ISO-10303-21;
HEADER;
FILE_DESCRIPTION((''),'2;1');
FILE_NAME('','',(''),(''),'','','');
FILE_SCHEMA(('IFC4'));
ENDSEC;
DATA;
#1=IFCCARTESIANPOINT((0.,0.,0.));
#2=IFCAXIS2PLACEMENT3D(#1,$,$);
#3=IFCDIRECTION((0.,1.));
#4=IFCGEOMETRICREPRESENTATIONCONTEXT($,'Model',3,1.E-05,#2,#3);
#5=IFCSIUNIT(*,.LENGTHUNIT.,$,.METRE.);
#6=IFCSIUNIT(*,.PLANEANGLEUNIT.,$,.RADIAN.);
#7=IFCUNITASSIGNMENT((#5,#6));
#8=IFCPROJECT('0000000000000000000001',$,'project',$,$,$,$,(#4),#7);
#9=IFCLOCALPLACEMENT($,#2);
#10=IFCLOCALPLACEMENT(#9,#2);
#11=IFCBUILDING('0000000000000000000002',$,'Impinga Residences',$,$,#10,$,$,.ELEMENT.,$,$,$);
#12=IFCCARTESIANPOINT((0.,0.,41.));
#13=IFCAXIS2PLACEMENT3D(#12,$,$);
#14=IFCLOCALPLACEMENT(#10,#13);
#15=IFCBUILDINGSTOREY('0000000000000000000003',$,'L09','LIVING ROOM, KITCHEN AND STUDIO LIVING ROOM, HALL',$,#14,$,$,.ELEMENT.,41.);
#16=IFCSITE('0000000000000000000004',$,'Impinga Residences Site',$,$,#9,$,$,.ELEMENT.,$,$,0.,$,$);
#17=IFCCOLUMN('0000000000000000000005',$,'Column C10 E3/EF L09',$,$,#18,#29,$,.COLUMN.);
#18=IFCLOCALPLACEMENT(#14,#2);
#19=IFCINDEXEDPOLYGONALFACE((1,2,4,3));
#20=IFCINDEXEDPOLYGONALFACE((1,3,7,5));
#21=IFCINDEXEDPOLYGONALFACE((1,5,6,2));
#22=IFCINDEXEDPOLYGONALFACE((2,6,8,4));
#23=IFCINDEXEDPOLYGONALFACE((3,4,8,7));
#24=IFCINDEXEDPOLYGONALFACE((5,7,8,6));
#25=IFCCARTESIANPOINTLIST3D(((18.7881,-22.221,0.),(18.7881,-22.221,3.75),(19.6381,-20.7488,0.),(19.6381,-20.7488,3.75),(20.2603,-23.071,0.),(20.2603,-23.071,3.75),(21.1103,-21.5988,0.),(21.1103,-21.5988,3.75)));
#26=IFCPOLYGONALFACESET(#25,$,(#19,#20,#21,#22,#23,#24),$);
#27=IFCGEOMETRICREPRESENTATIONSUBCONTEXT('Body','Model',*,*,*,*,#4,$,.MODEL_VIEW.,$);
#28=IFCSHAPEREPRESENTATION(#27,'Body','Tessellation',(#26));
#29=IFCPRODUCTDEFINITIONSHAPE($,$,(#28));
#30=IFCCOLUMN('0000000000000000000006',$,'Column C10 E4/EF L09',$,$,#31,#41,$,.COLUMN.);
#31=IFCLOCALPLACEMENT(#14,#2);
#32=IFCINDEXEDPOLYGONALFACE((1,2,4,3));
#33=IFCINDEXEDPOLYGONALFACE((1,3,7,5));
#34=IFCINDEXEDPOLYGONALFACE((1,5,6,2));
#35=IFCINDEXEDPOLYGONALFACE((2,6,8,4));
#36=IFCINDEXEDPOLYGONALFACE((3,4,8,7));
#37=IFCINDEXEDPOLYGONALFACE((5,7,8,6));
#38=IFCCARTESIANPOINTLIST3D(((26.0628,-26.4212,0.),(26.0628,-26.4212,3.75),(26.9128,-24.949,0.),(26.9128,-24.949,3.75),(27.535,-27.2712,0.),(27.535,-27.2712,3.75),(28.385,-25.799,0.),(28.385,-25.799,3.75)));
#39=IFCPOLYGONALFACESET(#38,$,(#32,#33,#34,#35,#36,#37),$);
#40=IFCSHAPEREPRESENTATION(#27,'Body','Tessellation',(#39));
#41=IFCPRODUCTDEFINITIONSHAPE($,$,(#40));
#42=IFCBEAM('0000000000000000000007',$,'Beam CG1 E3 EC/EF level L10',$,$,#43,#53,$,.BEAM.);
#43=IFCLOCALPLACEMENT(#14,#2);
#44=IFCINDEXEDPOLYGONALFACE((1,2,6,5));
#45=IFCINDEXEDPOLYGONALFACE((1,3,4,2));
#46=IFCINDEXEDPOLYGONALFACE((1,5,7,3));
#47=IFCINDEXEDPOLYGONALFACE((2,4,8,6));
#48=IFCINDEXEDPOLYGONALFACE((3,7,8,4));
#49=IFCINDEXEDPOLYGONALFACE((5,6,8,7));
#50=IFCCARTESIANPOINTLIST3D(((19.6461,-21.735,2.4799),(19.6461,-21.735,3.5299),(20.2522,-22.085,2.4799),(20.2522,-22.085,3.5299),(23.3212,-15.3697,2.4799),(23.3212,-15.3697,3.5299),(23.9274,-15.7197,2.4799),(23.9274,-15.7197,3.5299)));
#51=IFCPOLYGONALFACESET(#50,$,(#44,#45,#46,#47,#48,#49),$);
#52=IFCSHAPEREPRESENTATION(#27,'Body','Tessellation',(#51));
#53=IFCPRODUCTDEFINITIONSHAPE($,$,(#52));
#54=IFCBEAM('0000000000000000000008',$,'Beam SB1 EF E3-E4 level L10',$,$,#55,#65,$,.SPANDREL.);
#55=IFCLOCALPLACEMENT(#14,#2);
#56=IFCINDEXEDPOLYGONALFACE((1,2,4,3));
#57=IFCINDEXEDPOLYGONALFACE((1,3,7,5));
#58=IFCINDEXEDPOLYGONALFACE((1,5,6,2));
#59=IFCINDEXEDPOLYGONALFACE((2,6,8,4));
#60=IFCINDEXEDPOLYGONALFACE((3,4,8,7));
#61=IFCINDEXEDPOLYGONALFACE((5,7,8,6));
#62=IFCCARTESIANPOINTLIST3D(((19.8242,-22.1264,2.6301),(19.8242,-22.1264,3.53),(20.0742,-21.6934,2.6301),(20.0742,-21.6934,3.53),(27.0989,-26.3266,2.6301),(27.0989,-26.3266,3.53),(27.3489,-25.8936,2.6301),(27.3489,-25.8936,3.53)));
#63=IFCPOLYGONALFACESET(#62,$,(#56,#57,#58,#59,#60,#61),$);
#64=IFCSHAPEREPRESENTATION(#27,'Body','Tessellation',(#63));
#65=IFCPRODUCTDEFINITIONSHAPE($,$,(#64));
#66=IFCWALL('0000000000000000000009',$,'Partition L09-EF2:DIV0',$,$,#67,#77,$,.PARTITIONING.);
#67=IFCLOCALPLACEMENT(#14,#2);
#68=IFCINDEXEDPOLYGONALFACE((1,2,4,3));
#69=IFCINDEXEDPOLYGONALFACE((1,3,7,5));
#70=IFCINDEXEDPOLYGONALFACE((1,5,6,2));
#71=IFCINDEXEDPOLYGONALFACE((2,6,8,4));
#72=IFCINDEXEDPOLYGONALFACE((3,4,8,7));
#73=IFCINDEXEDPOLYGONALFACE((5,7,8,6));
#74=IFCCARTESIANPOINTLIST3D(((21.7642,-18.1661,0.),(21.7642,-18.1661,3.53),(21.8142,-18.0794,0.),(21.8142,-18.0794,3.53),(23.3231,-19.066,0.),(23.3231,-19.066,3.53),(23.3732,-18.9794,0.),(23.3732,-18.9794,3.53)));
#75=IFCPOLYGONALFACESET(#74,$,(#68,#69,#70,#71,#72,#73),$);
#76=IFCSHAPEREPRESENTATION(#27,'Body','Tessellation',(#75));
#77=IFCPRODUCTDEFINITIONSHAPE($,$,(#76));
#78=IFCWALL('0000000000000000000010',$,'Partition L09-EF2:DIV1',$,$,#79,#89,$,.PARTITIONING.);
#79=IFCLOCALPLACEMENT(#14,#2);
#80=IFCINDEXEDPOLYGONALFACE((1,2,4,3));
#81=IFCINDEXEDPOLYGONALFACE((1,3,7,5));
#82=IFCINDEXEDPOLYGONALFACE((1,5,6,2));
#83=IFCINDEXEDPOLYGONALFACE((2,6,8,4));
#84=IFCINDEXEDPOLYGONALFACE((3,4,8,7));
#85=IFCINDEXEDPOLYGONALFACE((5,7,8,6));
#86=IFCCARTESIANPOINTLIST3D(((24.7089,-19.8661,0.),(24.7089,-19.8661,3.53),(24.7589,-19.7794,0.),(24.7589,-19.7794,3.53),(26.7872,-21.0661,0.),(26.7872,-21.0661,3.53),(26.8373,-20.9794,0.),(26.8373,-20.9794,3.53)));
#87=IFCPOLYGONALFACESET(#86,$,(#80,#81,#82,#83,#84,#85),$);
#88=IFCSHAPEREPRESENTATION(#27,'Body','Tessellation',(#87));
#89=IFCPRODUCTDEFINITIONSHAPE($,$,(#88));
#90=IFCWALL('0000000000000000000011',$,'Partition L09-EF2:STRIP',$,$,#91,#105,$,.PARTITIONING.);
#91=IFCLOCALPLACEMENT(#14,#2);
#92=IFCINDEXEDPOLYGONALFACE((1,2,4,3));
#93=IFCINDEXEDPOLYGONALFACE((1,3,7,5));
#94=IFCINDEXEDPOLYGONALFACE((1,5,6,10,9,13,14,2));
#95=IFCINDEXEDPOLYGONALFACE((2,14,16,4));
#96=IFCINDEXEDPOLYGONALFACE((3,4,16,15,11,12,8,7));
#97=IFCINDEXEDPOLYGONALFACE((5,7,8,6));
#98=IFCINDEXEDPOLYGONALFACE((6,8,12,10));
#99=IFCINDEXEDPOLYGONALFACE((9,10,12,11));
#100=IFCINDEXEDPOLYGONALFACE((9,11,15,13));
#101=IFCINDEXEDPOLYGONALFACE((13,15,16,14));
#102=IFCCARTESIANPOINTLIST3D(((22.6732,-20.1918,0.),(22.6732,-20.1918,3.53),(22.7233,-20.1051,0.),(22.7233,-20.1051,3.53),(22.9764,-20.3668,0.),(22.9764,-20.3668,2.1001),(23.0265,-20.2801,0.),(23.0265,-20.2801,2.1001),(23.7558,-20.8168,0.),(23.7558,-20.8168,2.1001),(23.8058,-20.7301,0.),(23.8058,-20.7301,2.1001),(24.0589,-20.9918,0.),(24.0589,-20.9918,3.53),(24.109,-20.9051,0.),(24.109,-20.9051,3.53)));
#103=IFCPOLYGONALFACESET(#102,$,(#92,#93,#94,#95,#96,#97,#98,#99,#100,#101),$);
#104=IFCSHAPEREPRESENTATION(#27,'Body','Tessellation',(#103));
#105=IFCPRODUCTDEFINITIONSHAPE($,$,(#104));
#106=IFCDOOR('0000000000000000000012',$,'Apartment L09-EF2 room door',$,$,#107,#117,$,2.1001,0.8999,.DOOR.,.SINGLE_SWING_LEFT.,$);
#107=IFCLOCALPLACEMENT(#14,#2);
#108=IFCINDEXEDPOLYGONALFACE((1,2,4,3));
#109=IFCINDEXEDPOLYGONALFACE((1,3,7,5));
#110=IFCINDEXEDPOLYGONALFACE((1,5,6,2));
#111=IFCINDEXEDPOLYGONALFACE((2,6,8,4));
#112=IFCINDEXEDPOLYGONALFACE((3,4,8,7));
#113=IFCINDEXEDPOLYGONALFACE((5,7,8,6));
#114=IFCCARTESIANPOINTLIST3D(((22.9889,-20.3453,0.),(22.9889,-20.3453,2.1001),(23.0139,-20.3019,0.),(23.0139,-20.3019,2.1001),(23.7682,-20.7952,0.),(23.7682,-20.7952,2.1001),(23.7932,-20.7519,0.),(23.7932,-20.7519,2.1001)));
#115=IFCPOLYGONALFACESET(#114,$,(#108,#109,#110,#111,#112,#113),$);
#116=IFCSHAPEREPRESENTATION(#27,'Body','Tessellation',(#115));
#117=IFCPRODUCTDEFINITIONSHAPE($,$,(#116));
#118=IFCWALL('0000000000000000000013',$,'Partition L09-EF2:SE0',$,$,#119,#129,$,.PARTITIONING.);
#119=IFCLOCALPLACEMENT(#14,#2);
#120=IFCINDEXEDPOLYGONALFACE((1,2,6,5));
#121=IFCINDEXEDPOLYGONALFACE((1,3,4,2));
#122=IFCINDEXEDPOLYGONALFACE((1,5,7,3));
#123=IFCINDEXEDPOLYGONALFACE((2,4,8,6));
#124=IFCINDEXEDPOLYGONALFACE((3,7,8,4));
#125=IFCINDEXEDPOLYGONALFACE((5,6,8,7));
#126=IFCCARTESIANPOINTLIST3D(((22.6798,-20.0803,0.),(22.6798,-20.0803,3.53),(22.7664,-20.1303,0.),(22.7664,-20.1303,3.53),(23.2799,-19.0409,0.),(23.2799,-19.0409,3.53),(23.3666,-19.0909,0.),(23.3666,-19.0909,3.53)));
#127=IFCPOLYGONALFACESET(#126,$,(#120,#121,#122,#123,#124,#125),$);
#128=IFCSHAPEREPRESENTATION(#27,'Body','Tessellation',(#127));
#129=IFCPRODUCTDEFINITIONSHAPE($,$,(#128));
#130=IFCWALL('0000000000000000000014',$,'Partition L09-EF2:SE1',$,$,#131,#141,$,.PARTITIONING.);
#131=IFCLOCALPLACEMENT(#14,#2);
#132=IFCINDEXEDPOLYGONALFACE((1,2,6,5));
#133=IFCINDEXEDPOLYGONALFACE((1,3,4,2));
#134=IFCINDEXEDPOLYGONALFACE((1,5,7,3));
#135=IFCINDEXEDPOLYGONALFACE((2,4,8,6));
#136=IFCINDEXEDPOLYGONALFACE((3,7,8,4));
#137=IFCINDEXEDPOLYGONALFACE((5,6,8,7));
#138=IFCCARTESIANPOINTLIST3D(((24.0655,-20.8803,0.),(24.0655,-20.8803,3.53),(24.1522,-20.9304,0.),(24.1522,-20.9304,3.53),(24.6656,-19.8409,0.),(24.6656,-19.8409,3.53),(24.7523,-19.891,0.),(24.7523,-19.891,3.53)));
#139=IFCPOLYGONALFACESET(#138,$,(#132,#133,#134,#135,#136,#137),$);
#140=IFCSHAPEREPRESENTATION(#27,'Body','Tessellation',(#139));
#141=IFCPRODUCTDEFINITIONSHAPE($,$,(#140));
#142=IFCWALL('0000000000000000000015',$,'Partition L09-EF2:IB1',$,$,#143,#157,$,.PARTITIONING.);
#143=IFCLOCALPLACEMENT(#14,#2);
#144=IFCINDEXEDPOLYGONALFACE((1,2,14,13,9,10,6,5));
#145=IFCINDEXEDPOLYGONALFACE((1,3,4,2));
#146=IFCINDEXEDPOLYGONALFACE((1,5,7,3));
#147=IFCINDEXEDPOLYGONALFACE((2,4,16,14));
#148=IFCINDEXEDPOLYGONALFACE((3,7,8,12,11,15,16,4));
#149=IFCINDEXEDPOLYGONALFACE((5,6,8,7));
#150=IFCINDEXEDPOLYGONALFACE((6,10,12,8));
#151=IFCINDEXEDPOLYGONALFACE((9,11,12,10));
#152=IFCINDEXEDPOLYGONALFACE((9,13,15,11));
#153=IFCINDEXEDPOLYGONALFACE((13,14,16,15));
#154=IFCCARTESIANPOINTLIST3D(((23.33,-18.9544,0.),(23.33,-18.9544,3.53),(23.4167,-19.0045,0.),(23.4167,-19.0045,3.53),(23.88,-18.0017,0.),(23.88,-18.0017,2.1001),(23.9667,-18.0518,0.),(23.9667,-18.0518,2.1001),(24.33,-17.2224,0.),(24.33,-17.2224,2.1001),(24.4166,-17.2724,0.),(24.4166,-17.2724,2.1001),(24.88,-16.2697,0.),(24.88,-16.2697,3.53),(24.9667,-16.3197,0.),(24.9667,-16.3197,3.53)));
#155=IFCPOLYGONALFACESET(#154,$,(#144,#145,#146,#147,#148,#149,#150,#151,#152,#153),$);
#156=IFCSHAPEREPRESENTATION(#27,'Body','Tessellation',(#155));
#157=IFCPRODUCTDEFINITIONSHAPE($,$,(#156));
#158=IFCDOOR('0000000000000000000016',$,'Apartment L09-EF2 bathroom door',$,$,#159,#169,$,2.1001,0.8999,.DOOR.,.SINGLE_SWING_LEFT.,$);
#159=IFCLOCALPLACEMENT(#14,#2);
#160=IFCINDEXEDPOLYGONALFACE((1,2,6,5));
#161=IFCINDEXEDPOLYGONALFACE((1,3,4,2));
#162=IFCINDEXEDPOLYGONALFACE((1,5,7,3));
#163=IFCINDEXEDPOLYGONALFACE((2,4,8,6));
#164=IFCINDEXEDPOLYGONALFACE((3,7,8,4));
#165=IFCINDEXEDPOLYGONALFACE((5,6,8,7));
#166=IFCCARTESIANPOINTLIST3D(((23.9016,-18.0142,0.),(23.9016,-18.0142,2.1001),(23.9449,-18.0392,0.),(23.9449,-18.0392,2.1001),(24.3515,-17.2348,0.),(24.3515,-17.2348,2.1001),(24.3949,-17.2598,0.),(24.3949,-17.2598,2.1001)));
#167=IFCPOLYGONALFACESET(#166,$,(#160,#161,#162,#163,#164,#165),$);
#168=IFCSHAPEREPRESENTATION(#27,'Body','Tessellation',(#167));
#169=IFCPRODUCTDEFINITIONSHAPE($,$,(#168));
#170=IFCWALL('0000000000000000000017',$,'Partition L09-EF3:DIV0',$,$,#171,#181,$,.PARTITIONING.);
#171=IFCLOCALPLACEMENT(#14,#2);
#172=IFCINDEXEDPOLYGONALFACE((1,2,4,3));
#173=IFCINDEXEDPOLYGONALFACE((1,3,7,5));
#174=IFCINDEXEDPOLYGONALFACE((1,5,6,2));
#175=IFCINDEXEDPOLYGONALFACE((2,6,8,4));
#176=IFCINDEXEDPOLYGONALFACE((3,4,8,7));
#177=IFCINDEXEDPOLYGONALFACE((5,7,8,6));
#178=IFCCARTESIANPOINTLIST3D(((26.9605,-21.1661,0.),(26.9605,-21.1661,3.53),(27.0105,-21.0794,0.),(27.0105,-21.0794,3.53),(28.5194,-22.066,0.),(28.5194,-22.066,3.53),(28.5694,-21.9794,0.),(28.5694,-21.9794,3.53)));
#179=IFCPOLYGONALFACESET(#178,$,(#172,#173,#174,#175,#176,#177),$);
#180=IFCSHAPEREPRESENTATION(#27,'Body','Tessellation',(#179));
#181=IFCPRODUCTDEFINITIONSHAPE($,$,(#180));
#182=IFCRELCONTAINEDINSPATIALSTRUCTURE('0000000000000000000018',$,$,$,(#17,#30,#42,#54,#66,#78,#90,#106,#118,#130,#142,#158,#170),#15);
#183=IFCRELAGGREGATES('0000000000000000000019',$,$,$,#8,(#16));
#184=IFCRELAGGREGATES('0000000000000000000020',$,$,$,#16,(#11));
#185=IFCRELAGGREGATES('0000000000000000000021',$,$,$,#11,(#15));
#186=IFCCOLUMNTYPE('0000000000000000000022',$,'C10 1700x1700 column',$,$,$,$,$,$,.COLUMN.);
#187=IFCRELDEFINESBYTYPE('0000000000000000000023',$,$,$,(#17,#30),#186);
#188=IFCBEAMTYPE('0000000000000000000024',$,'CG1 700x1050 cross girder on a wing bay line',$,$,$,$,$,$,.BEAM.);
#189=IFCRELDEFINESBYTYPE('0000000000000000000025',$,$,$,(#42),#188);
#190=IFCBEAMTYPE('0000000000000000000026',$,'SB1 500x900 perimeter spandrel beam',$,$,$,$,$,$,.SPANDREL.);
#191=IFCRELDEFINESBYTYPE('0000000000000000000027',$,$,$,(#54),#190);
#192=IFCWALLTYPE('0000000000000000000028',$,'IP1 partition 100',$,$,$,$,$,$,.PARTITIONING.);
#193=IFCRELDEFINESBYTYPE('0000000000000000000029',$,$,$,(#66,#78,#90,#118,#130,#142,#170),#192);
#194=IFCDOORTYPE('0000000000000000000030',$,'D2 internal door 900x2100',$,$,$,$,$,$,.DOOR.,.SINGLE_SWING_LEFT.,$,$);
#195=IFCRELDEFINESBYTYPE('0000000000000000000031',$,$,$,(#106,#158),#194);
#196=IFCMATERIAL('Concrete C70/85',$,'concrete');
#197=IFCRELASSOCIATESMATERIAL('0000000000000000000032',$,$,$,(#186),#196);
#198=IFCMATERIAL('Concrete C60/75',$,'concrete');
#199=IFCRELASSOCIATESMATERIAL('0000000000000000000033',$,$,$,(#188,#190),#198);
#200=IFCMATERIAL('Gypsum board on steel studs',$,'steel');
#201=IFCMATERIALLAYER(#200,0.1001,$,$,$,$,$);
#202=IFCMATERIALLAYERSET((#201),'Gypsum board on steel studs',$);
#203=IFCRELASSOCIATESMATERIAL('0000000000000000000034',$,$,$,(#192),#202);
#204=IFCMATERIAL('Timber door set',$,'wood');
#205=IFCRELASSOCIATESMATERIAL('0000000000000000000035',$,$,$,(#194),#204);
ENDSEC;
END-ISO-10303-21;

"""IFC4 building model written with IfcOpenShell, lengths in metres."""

from ifc_helpers import new_model, si_unit, direction, frame, frame_2d, origin, origin_2d, place, context, subcontext, project, spatial, rectangle, extrude, material, layer, layer_set, material_profile, profile_set, type_object, element, fill, save


model = new_model("IFC4")

# Units and contexts
model_context = context("Model", 3, precision=1e-05, world=origin(), true_north=direction((0.0, 1.0)))
body_context = subcontext(model_context, "Body", "Model", "MODEL_VIEW")
ifc_project = project(units=[si_unit("LENGTHUNIT", "METRE"), si_unit("PLANEANGLEUNIT", "RADIAN")], contexts=[model_context])

# Site, building, storey
site_placement = place(None, origin())
site = spatial("IfcSite", under=ifc_project, at=site_placement, Name="Impinga Residences Site", CompositionType="ELEMENT", RefElevation=0.0)
building_placement = place(site_placement, origin())
building = spatial("IfcBuilding", under=site, at=building_placement, Name="Impinga Residences", CompositionType="ELEMENT")
storey_placement = place(building_placement, frame((0.0, 0.0, 41.0)))
storey = spatial("IfcBuildingStorey", under=building, at=storey_placement, Name="L09", Description="LIVING ROOM, KITCHEN AND STUDIO LIVING ROOM, HALL", CompositionType="ELEMENT", Elevation=41.0)

# Columns
ifc_material_1 = material(Name="Concrete C70/85", Category="concrete")
ifc_material_profile_1 = material_profile(ifc_material_1, rectangle(XDim=1.7, YDim=1.7, at=origin_2d()), Name="RC 1700x1700")
ifc_profile_set_1 = profile_set([ifc_material_profile_1], Name="Concrete C70/85")
column_type = type_object("IfcColumnType", Name="C10 1700x1700 column", PredefinedType="COLUMN", material=ifc_profile_set_1)
for number, where, z_axis, x_axis, name in (
    (1, (19.9492, -21.9099, 0.0), (0.0, 0.0, 1.0), (-0.5, -0.866025, 0.0), "Column C10 E3/EF L09"),
    (2, (27.2239, -26.1101, 0.0), (0.0, 0.0, 1.0), (-0.5, -0.866025, 0.0), "Column C10 E4/EF L09"),
):
    element("IfcColumn", number, at=place(storey_placement, frame(where, z_axis=z_axis, x_axis=x_axis)), inside=storey, type_object=column_type, Name=name, PredefinedType="COLUMN", context=body_context, shape_type="SweptSolid", body=[
        extrude(rectangle(XDim=1.7, YDim=1.7, at=origin_2d()), origin(), (0.0, 0.0, 1.0), 3.75),
    ])

# Beams
ifc_material_2 = material(Name="Concrete C60/75", Category="concrete")
ifc_material_profile_2 = material_profile(ifc_material_2, rectangle(XDim=0.7, YDim=1.05, at=origin_2d()), Name="RC 700x1050")
ifc_profile_set_2 = profile_set([ifc_material_profile_2], Name="Concrete C60/75")
beam_type_1 = type_object("IfcBeamType", Name="CG1 700x1050 cross girder on a wing bay line", PredefinedType="BEAM", material=ifc_profile_set_2)
beam_1_placement = place(storey_placement, frame((23.6243, -15.5447, 3.0049), z_axis=(-0.500008, -0.866021, 0.0), x_axis=(0.866021, -0.500008, 0.0)))
element("IfcBeam", 3, at=beam_1_placement, inside=storey, type_object=beam_type_1, Name="Beam CG1 E3 EC/EF level L10", PredefinedType="BEAM", context=body_context, shape_type="SweptSolid", body=[
    extrude(rectangle(XDim=0.7, YDim=1.05, at=origin_2d()), origin(), (0.0, 0.0, 1.0), 7.3501),
])
ifc_material_profile_3 = material_profile(ifc_material_2, rectangle(XDim=0.5, YDim=0.8999, at=origin_2d()), Name="RC 500x900")
ifc_profile_set_3 = profile_set([ifc_material_profile_3], Name="Concrete C60/75")
beam_type_2 = type_object("IfcBeamType", Name="SB1 500x900 perimeter spandrel beam", PredefinedType="SPANDREL", material=ifc_profile_set_3)
beam_2_placement = place(storey_placement, frame((19.9492, -21.9099, 3.0801), z_axis=(0.866017, -0.500015, 0.0), x_axis=(0.500015, 0.866017, 0.0)))
element("IfcBeam", 4, at=beam_2_placement, inside=storey, type_object=beam_type_2, Name="Beam SB1 EF E3-E4 level L10", PredefinedType="SPANDREL", context=body_context, shape_type="SweptSolid", body=[
    extrude(rectangle(XDim=0.5, YDim=0.8999, at=origin_2d()), origin(), (0.0, 0.0, 1.0), 8.4001),
])

# Walls
ifc_material_3 = material(Name="Gypsum board on steel studs", Category="steel")
ifc_layer_1 = layer(ifc_material_3, 0.1001)
ifc_layer_set_1 = layer_set([ifc_layer_1], Name="Gypsum board on steel studs")
wall_type_1 = type_object("IfcWallType", Name="IP1 partition 100", PredefinedType="PARTITIONING", material=ifc_layer_set_1)
wall_1_placement = place(storey_placement, frame((21.7893, -18.1228, 0.0), z_axis=(0.0, 0.0, 1.0), x_axis=(0.866048, -0.499961, 0.0)))
element("IfcWall", 5, at=wall_1_placement, inside=storey, type_object=wall_type_1, Name="Partition L09-EF2:DIV0", PredefinedType="PARTITIONING", context=body_context, shape_type="SweptSolid", body=[
    extrude(rectangle(XDim=1.8, YDim=0.1001, at=frame_2d((0.8999, 0.0))), origin(), (0.0, 0.0, 1.0), 3.53),
])
wall_2_placement = place(storey_placement, frame((24.7339, -19.8228, 0.0), z_axis=(0.0, 0.0, 1.0), x_axis=(0.866025, -0.500001, 0.0)))
element("IfcWall", 6, at=wall_2_placement, inside=storey, type_object=wall_type_1, Name="Partition L09-EF2:DIV1", PredefinedType="PARTITIONING", context=body_context, shape_type="SweptSolid", body=[
    extrude(rectangle(XDim=2.3999, YDim=0.1001, at=frame_2d((1.2, 0.0))), origin(), (0.0, 0.0, 1.0), 3.53),
])

# Wall, opening, door
wall_3_placement = place(storey_placement, frame((22.6982, -20.1484, 0.0), z_axis=(0.0, 0.0, 1.0), x_axis=(0.866028, -0.499995, 0.0)))
wall_3 = element("IfcWall", 7, at=wall_3_placement, inside=storey, type_object=wall_type_1, Name="Partition L09-EF2:STRIP", PredefinedType="PARTITIONING", context=body_context, shape_type="SweptSolid", body=[
    extrude(rectangle(XDim=1.6001, YDim=0.1001, at=frame_2d((0.8, 0.0))), origin(), (0.0, 0.0, 1.0), 3.53),
])
opening_1_placement = place(wall_3_placement, frame((0.3501, 0.0, 0.0)))
opening_1 = element("IfcOpeningElement", 8, at=opening_1_placement, cuts=wall_3, PredefinedType="OPENING", context=body_context, shape_type="SweptSolid", body=[
    extrude(rectangle(XDim=0.8999, YDim=2.1001, at=frame_2d((0.45, 1.05))), frame((0.0, 0.0601, 0.0), z_axis=(0.0, -1.0, 0.0), x_axis=(1.0, 0.0, 0.0)), (0.0, 0.0, 1.0), 0.1201),
])
ifc_material_4 = material(Name="Timber door set", Category="wood")
door_type = type_object("IfcDoorType", Name="D2 internal door 900x2100", OperationType="SINGLE_SWING_LEFT", PredefinedType="DOOR", material=ifc_material_4)
door_1_placement = place(opening_1_placement, origin())
door_1 = element("IfcDoor", 9, at=door_1_placement, inside=storey, type_object=door_type, Name="Apartment L09-EF2 room door", OperationType="SINGLE_SWING_LEFT", OverallHeight=2.1001, OverallWidth=0.8999, PredefinedType="DOOR", context=body_context, shape_type="SweptSolid", body=[
    extrude(rectangle(XDim=0.8999, YDim=2.1001, at=frame_2d((0.45, 1.05))), frame((0.0, 0.0249, 0.0), z_axis=(0.0, -1.0, 0.0), x_axis=(1.0, 0.0, 0.0)), (0.0, 0.0, 1.0), 0.05),
])
fill(opening_1, door_1)

# Walls
for number, where, z_axis, x_axis, name in (
    (10, (23.3232, -19.0659, 0.0), (0.0, 0.0, 1.0), (-0.500034, -0.866006, 0.0), "Partition L09-EF2:SE0"),
    (11, (24.709, -19.866, 0.0), (0.0, 0.0, 1.0), (-0.500034, -0.866006, 0.0), "Partition L09-EF2:SE1"),
):
    element("IfcWall", number, at=place(storey_placement, frame(where, z_axis=z_axis, x_axis=x_axis)), inside=storey, type_object=wall_type_1, Name=name, PredefinedType="PARTITIONING", context=body_context, shape_type="SweptSolid", body=[
        extrude(rectangle(XDim=1.2002, YDim=0.1001, at=frame_2d((0.6001, 0.0))), origin(), (0.0, 0.0, 1.0), 3.53),
    ])

# Wall, opening, door
wall_4_placement = place(storey_placement, frame((24.9233, -16.2947, 0.0), z_axis=(0.0, 0.0, 1.0), x_axis=(-0.499993, -0.86603, 0.0)))
wall_4 = element("IfcWall", 12, at=wall_4_placement, inside=storey, type_object=wall_type_1, Name="Partition L09-EF2:IB1", PredefinedType="PARTITIONING", context=body_context, shape_type="SweptSolid", body=[
    extrude(rectangle(XDim=3.1001, YDim=0.1001, at=frame_2d((1.55, 0.0))), origin(), (0.0, 0.0, 1.0), 3.53),
])
opening_2_placement = place(wall_4_placement, frame((1.1001, 0.0, 0.0)))
opening_2 = element("IfcOpeningElement", 13, at=opening_2_placement, cuts=wall_4, PredefinedType="OPENING", context=body_context, shape_type="SweptSolid", body=[
    extrude(rectangle(XDim=0.8999, YDim=2.1001, at=frame_2d((0.45, 1.05))), frame((0.0, 0.0601, 0.0), z_axis=(0.0, -1.0, 0.0), x_axis=(1.0, 0.0, 0.0)), (0.0, 0.0, 1.0), 0.1201),
])
door_2_placement = place(opening_2_placement, origin())
door_2 = element("IfcDoor", 14, at=door_2_placement, inside=storey, type_object=door_type, Name="Apartment L09-EF2 bathroom door", OperationType="SINGLE_SWING_LEFT", OverallHeight=2.1001, OverallWidth=0.8999, PredefinedType="DOOR", context=body_context, shape_type="SweptSolid", body=[
    extrude(rectangle(XDim=0.8999, YDim=2.1001, at=frame_2d((0.45, 1.05))), frame((0.0, 0.0249, 0.0), z_axis=(0.0, -1.0, 0.0), x_axis=(1.0, 0.0, 0.0)), (0.0, 0.0, 1.0), 0.05),
])
fill(opening_2, door_2)

# Wall
wall_5_placement = place(storey_placement, frame((26.9856, -21.1228, 0.0), z_axis=(0.0, 0.0, 1.0), x_axis=(0.866048, -0.499961, 0.0)))
element("IfcWall", 15, at=wall_5_placement, inside=storey, type_object=wall_type_1, Name="Partition L09-EF3:DIV0", PredefinedType="PARTITIONING", context=body_context, shape_type="SweptSolid", body=[
    extrude(rectangle(XDim=1.8, YDim=0.1001, at=frame_2d((0.8999, 0.0))), origin(), (0.0, 0.0, 1.0), 3.53),
])

save(model, "model.ifc")
